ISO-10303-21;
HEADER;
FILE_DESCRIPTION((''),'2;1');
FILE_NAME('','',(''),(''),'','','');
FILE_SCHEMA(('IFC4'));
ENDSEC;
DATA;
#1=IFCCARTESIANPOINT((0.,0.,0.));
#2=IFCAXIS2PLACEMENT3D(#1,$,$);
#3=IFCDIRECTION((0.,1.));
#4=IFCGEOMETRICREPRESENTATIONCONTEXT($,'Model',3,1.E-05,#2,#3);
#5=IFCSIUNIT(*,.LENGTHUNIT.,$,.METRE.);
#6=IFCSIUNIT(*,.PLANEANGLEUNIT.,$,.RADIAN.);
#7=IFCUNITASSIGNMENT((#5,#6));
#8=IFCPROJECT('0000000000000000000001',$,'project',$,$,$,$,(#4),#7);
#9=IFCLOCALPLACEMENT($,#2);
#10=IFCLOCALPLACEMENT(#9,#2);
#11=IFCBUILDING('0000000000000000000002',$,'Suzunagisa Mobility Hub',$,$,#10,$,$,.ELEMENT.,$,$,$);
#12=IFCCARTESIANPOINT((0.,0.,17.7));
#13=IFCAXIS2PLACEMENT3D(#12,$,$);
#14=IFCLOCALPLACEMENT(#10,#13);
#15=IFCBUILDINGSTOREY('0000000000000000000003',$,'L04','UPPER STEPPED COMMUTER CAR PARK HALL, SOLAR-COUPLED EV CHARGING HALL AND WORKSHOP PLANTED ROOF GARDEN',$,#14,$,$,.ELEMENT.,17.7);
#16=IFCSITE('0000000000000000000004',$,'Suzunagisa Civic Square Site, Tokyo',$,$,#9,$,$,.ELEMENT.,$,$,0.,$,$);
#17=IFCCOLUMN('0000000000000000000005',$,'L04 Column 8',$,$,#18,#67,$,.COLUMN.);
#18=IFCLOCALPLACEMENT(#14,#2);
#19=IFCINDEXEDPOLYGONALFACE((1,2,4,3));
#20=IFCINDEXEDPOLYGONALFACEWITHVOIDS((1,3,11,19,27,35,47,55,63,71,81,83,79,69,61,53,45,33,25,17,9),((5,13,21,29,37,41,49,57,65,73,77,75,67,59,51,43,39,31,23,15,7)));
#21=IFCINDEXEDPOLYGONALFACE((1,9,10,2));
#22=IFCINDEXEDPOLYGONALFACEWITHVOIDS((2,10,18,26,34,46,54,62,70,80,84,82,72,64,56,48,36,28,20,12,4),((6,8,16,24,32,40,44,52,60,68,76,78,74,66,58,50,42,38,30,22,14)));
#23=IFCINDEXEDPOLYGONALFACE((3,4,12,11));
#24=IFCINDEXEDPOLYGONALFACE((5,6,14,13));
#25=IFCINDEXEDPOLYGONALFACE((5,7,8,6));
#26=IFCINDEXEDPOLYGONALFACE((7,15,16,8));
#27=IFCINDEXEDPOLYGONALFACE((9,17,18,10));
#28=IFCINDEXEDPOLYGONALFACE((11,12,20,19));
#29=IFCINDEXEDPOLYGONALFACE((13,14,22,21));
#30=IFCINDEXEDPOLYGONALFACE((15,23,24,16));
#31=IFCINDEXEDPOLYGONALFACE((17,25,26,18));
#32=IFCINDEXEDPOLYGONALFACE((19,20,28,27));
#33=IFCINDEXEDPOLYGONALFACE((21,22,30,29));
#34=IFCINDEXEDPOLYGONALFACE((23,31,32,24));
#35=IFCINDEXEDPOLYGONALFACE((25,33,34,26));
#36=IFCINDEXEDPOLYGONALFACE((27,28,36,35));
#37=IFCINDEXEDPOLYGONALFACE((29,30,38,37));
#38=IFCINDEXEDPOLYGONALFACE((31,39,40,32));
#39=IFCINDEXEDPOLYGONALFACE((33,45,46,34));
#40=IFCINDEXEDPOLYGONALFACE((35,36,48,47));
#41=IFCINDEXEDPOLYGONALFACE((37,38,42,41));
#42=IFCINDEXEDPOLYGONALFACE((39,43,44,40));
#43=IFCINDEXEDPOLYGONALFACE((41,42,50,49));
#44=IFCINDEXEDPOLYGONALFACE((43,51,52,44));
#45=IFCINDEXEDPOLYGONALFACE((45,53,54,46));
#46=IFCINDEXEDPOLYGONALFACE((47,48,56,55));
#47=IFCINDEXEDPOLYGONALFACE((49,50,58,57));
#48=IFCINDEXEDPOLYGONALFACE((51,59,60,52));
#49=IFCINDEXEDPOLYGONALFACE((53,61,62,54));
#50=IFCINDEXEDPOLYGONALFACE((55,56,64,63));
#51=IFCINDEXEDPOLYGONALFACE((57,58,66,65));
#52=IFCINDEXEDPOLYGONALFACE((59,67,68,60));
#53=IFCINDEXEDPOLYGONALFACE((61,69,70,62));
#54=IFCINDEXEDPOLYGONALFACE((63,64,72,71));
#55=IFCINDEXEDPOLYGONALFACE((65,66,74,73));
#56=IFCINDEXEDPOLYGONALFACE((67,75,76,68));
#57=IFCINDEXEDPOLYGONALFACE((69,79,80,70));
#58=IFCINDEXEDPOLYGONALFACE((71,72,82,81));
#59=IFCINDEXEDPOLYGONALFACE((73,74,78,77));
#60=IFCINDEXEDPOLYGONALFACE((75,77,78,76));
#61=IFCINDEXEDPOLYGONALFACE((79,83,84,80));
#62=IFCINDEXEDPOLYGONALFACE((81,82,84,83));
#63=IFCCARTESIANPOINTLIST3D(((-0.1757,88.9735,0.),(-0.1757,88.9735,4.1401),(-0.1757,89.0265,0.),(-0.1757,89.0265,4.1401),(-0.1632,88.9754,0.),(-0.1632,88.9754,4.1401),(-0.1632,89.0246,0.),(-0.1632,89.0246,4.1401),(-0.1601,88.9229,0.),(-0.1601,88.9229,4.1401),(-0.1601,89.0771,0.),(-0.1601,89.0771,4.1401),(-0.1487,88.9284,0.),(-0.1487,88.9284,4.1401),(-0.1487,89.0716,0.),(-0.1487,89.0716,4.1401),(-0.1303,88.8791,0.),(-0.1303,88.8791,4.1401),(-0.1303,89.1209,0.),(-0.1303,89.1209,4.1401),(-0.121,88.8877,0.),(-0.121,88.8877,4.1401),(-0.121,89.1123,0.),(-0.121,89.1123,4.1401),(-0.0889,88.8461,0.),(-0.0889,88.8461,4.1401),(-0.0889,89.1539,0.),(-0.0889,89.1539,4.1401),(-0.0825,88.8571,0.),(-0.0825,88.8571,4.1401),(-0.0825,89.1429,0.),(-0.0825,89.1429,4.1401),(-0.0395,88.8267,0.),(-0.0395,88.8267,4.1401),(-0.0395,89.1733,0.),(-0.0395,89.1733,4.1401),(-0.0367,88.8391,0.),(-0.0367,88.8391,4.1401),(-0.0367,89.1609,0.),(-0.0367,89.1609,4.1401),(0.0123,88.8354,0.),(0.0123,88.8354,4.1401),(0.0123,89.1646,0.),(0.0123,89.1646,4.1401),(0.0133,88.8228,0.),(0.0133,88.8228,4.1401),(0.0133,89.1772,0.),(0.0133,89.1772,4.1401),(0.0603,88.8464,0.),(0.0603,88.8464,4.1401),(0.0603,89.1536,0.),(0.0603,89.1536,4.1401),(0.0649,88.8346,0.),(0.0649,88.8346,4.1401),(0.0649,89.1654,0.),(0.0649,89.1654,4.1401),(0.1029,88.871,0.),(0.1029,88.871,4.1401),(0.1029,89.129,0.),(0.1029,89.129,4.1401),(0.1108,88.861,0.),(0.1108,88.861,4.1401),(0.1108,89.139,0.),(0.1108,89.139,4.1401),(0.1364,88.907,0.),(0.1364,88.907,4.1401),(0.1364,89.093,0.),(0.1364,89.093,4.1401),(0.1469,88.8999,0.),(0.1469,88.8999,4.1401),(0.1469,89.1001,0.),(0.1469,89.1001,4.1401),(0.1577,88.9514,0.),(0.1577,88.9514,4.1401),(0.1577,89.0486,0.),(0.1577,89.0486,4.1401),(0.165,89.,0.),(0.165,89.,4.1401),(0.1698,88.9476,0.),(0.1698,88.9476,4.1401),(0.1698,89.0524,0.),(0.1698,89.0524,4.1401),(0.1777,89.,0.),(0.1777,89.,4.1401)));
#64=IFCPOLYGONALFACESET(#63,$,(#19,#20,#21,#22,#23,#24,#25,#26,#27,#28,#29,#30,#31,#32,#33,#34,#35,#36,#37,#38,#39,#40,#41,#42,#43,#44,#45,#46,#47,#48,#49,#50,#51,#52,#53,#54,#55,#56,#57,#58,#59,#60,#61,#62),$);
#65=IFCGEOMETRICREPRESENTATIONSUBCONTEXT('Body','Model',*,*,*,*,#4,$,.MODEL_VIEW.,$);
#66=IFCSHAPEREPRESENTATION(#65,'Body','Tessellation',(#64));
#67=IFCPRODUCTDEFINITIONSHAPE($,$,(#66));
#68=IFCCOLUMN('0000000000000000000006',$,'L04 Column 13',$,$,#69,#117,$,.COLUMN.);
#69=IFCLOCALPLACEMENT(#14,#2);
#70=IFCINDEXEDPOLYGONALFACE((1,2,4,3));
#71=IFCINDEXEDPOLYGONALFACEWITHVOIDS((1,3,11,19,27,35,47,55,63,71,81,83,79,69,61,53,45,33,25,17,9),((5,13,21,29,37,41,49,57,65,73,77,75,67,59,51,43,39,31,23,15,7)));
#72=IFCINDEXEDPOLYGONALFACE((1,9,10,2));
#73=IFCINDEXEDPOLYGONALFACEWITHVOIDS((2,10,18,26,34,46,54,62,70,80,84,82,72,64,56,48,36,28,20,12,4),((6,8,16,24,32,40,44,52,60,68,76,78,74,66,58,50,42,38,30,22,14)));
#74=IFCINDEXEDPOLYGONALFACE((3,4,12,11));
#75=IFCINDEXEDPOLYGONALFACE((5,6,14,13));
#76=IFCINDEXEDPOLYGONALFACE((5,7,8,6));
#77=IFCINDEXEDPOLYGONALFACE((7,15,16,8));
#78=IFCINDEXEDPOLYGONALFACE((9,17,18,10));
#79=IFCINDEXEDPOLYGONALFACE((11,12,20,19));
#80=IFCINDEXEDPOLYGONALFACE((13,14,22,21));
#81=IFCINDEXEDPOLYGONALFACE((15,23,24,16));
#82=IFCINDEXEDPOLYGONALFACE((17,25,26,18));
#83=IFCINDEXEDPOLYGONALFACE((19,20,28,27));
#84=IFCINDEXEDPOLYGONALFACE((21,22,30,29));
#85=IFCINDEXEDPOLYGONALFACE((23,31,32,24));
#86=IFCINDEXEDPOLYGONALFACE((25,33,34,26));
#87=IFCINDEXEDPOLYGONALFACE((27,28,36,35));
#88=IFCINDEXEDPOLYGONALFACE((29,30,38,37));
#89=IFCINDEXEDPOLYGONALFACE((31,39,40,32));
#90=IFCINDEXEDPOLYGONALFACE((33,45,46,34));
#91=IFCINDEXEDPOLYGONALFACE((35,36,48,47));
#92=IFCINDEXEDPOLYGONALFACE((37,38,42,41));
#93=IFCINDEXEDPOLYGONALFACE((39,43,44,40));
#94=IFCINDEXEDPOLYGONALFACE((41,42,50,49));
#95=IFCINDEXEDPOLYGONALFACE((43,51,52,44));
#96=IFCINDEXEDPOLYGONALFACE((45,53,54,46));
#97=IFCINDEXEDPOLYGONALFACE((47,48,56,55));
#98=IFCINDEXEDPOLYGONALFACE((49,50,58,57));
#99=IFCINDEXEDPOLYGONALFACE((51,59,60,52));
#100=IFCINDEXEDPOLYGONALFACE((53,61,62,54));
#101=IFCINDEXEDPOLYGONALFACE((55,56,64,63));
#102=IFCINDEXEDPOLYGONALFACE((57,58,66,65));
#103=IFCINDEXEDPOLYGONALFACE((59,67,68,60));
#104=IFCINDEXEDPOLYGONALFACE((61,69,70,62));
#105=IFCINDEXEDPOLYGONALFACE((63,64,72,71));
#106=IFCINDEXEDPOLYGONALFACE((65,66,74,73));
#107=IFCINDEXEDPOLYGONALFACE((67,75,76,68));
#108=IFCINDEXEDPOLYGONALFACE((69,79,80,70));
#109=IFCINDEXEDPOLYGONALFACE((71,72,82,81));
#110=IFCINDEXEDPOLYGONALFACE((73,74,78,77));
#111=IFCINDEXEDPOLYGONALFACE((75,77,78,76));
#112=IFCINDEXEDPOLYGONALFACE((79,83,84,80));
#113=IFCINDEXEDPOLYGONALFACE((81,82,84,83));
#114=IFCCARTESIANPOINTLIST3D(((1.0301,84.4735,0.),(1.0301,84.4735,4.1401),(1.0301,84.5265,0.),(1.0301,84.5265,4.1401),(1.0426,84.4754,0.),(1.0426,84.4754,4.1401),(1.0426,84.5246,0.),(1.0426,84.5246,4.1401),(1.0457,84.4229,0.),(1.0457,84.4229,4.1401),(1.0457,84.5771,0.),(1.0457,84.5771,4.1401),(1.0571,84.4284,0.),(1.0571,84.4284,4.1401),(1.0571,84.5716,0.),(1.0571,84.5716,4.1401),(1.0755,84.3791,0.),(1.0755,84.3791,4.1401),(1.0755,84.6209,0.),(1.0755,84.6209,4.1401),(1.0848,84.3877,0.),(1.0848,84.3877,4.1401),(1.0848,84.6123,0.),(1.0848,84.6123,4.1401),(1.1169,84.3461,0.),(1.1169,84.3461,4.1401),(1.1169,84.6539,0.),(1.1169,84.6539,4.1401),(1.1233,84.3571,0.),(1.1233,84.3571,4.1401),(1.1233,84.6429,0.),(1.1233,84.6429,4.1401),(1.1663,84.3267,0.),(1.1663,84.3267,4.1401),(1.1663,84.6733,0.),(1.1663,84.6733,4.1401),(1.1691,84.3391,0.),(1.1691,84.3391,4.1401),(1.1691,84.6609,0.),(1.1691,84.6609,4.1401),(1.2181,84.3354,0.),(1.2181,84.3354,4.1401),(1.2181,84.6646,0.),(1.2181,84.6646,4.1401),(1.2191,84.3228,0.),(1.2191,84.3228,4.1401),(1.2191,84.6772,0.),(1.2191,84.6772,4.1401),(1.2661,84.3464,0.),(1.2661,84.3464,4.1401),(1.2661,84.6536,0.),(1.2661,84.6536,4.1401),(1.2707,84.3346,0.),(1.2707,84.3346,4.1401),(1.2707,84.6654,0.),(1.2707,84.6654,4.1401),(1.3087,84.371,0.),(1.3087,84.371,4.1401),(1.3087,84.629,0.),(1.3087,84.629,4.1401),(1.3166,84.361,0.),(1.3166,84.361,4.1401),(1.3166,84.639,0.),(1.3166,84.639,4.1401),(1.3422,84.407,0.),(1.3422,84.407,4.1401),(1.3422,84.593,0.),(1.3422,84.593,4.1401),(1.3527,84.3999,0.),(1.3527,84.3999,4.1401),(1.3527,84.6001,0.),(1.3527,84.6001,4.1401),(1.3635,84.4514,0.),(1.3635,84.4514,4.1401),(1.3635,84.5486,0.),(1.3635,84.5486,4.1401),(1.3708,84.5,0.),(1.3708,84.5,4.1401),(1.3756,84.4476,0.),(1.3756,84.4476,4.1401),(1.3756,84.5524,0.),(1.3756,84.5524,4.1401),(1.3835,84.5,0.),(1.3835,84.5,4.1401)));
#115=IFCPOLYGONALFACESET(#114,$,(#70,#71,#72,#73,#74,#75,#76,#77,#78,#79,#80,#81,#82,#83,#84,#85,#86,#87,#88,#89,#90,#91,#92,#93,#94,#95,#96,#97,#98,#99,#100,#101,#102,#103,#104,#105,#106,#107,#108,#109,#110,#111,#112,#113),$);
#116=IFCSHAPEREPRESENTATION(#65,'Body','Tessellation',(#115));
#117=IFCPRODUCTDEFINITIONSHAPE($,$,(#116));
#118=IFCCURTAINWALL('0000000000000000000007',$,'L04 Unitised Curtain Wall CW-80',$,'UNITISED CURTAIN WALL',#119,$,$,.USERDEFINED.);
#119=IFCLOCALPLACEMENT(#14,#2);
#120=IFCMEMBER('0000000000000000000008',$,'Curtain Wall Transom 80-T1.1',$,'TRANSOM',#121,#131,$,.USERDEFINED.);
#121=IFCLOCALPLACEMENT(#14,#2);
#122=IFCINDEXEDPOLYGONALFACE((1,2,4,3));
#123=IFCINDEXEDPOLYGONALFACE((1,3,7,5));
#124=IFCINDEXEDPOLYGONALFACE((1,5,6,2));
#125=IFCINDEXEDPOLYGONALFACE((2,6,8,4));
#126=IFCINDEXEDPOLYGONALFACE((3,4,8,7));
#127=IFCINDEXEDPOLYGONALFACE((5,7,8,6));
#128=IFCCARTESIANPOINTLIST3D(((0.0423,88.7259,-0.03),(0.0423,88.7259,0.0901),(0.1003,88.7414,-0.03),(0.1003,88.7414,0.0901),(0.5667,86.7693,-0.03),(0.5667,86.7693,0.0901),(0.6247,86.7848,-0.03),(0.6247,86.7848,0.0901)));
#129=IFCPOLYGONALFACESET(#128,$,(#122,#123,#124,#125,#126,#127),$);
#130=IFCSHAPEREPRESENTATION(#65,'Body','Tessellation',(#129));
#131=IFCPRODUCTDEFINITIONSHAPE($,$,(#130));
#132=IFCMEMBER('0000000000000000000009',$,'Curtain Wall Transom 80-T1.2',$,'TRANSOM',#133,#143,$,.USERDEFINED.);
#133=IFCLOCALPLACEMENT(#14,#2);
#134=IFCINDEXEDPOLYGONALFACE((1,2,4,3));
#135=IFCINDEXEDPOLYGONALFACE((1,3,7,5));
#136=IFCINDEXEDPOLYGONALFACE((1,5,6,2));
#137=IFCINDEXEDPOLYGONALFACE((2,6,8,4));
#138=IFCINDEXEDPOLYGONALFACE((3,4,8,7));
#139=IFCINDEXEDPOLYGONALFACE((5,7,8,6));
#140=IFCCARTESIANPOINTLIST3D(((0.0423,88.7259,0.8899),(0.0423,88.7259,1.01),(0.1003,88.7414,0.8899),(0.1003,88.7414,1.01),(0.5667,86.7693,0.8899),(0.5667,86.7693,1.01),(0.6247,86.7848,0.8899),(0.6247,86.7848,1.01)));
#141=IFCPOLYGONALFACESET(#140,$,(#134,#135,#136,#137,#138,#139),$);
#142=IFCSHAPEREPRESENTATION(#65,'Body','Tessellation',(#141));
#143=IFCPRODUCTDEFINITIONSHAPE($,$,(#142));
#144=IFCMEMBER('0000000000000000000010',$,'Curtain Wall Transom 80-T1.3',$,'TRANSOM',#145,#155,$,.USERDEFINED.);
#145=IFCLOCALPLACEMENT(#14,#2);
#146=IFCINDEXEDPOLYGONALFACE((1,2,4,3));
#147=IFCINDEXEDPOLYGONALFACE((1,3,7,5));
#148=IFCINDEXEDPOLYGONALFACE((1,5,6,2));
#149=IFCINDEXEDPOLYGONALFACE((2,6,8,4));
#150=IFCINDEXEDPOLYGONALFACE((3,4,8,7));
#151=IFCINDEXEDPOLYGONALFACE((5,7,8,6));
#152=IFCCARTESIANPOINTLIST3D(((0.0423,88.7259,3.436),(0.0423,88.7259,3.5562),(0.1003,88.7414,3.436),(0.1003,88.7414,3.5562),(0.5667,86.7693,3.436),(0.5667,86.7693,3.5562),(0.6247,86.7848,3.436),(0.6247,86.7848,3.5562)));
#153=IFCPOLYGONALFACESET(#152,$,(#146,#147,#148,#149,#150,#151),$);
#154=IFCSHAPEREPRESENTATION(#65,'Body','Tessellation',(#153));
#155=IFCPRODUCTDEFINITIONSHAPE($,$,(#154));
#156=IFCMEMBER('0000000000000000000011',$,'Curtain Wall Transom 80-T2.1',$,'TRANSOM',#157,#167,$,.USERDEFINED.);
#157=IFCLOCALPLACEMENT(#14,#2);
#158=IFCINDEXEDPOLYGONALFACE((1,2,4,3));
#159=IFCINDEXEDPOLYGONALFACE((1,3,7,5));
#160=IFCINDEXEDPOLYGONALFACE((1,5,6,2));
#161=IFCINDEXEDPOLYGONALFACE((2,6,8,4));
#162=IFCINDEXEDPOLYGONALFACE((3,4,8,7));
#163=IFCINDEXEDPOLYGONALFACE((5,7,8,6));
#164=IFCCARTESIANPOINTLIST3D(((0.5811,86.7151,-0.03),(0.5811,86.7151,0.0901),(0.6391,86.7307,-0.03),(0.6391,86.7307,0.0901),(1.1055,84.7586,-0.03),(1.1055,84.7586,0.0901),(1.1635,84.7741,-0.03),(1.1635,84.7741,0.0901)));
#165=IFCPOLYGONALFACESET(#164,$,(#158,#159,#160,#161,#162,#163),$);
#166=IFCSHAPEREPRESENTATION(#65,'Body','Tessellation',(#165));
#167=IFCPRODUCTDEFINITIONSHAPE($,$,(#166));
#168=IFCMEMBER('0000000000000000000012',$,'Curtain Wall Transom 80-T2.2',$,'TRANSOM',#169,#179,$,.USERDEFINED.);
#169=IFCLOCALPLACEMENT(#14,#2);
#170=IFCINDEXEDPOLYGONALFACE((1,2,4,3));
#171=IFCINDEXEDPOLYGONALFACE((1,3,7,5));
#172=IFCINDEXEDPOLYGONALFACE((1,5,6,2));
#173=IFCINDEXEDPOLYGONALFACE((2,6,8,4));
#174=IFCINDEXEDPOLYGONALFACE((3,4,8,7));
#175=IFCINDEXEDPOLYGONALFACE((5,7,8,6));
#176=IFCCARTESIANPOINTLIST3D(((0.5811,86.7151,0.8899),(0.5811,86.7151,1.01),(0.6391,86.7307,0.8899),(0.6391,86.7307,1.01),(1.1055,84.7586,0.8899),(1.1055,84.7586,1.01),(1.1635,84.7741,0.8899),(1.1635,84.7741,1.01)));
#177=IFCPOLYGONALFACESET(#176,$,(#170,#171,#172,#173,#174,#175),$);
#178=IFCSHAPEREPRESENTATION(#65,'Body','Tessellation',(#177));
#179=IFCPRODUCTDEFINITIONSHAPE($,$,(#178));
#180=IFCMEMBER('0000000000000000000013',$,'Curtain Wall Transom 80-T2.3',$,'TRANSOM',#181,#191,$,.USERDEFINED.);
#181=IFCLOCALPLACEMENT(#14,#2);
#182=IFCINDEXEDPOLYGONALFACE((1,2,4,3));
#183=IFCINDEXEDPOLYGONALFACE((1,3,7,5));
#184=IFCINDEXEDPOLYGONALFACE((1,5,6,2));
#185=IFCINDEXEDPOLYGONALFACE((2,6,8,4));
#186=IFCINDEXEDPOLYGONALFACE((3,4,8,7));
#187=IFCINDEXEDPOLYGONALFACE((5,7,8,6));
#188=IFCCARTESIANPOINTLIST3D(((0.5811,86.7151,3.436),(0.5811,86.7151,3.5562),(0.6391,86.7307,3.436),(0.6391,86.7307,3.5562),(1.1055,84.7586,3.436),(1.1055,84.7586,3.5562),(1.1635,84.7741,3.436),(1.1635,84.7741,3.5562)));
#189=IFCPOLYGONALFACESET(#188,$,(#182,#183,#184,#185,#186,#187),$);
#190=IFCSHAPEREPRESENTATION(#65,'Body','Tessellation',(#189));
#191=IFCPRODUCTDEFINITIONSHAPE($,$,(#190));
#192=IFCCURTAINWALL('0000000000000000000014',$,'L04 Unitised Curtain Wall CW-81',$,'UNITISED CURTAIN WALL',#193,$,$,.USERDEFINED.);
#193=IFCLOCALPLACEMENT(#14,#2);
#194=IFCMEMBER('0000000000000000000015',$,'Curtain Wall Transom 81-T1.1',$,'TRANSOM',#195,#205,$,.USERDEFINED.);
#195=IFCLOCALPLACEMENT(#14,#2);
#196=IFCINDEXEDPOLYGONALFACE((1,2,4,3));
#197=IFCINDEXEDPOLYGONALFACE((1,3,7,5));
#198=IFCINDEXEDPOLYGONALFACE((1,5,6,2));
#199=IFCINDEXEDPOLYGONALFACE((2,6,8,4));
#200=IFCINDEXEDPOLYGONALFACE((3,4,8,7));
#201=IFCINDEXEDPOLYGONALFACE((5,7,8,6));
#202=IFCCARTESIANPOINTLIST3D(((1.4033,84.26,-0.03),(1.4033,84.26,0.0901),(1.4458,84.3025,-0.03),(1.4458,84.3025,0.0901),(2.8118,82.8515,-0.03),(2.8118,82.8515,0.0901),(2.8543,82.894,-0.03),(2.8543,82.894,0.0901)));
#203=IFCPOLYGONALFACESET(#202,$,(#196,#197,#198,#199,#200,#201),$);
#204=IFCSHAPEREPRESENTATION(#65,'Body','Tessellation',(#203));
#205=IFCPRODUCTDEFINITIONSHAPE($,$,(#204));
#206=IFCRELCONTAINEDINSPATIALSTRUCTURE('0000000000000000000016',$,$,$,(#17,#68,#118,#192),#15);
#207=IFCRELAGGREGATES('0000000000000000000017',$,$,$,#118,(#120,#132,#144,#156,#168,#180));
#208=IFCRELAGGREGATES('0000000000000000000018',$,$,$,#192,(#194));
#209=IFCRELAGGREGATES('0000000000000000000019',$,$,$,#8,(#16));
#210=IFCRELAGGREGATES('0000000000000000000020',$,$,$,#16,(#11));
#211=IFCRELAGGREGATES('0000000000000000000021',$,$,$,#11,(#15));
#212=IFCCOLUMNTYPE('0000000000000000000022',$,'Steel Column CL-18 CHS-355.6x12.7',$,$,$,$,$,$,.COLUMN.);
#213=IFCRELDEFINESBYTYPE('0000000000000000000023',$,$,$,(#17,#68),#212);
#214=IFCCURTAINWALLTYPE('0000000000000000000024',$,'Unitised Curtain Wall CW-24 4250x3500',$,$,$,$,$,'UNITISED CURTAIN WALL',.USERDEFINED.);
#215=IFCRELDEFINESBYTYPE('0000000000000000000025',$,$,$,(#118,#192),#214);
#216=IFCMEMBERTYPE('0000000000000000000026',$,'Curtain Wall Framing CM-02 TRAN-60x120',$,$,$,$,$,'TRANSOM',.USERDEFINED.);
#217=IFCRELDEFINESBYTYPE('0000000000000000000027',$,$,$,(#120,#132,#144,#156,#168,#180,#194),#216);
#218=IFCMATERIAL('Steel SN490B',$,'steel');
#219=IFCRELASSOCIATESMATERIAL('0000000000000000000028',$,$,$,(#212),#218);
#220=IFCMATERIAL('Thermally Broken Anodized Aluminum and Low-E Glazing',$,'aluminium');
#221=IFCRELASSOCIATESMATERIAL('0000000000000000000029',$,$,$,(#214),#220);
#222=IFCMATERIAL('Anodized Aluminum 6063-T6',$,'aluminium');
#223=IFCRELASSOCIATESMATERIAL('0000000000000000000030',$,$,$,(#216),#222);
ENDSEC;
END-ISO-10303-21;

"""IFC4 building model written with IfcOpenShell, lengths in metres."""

from ifc_helpers import new_model, si_unit, direction, frame, origin, origin_2d, place, context, subcontext, project, spatial, rectangle, hollow_circle, extrude, material, material_profile, profile_set, type_object, element, aggregate, save


model = new_model("IFC4")

# Units and contexts
model_context = context("Model", 3, precision=1e-05, world=origin(), true_north=direction((0.0, 1.0)))
body_context = subcontext(model_context, "Body", "Model", "MODEL_VIEW")
ifc_project = project(units=[si_unit("LENGTHUNIT", "METRE"), si_unit("PLANEANGLEUNIT", "RADIAN")], contexts=[model_context])

# Site, building, storey
site_placement = place(None, origin())
site = spatial("IfcSite", under=ifc_project, at=site_placement, Name="Suzunagisa Civic Square Site, Tokyo", CompositionType="ELEMENT", RefElevation=0.0)
building_placement = place(site_placement, origin())
building = spatial("IfcBuilding", under=site, at=building_placement, Name="Suzunagisa Mobility Hub", CompositionType="ELEMENT")
storey_placement = place(building_placement, frame((0.0, 0.0, 17.7)))
storey = spatial("IfcBuildingStorey", under=building, at=storey_placement, Name="L04", Description="UPPER STEPPED COMMUTER CAR PARK HALL, SOLAR-COUPLED EV CHARGING HALL AND WORKSHOP PLANTED ROOF GARDEN", CompositionType="ELEMENT", Elevation=17.7)

# Columns
ifc_material_1 = material(Name="Steel SN490B", Category="steel")
ifc_material_profile_1 = material_profile(ifc_material_1, hollow_circle(Radius=0.1777, WallThickness=0.0127, at=origin_2d()), Name="CHS-355.6x12.7")
ifc_profile_set_1 = profile_set([ifc_material_profile_1], Name="Steel SN490B")
column_type = type_object("IfcColumnType", Name="Steel Column CL-18 CHS-355.6x12.7", PredefinedType="COLUMN", material=ifc_profile_set_1)
for number, where, z_axis, x_axis, name in (
    (1, (0.0, 89.0, 0.0), (0.0, 0.0, 1.0), (1.0, 0.0, 0.0), "L04 Column 8"),
    (2, (1.2058, 84.5, 0.0), (0.0, 0.0, 1.0), (1.0, 0.0, 0.0), "L04 Column 13"),
):
    element("IfcColumn", number, at=place(storey_placement, frame(where, z_axis=z_axis, x_axis=x_axis)), inside=storey, type_object=column_type, Name=name, PredefinedType="COLUMN", context=body_context, shape_type="SweptSolid", body=[
        extrude(hollow_circle(Radius=0.1777, WallThickness=0.0127, at=origin_2d()), origin(), (0.0, 0.0, 1.0), 4.1401),
    ])

# Curtain walls, members
ifc_material_2 = material(Name="Thermally Broken Anodized Aluminum and Low-E Glazing", Category="aluminium")
curtain_wall_type = type_object("IfcCurtainWallType", Name="Unitised Curtain Wall CW-24 4250x3500", ElementType="UNITISED CURTAIN WALL", PredefinedType="USERDEFINED", material=ifc_material_2)
curtain_wall_1_placement = place(storey_placement, origin())
curtain_wall_1 = element("IfcCurtainWall", 3, at=curtain_wall_1_placement, inside=storey, type_object=curtain_wall_type, Name="L04 Unitised Curtain Wall CW-80", ObjectType="UNITISED CURTAIN WALL", PredefinedType="USERDEFINED")
ifc_material_3 = material(Name="Anodized Aluminum 6063-T6", Category="aluminium")
ifc_material_profile_2 = material_profile(ifc_material_3, rectangle(XDim=0.0601, YDim=0.1201, at=origin_2d()), Name="TRAN-60x120")
ifc_profile_set_2 = profile_set([ifc_material_profile_2], Name="Anodized Aluminum 6063-T6")
member_type_1 = type_object("IfcMemberType", Name="Curtain Wall Framing CM-02 TRAN-60x120", ElementType="TRANSOM", PredefinedType="USERDEFINED", material=ifc_profile_set_2)
member_1_placement = place(storey_placement, frame((0.0713, 88.7336, 0.03), z_axis=(0.258893, -0.965906, 0.0), x_axis=(0.965906, 0.258893, 0.0)))
member_1 = element("IfcMember", 4, at=member_1_placement, type_object=member_type_1, Name="Curtain Wall Transom 80-T1.1", ObjectType="TRANSOM", PredefinedType="USERDEFINED", context=body_context, shape_type="SweptSolid", body=[
    extrude(rectangle(XDim=0.0601, YDim=0.1201, at=origin_2d()), origin(), (0.0, 0.0, 1.0), 2.0256),
])
member_2_placement = place(storey_placement, frame((0.0713, 88.7336, 0.95), z_axis=(0.258893, -0.965906, 0.0), x_axis=(0.965906, 0.258893, 0.0)))
member_2 = element("IfcMember", 5, at=member_2_placement, type_object=member_type_1, Name="Curtain Wall Transom 80-T1.2", ObjectType="TRANSOM", PredefinedType="USERDEFINED", context=body_context, shape_type="SweptSolid", body=[
    extrude(rectangle(XDim=0.0601, YDim=0.1201, at=origin_2d()), origin(), (0.0, 0.0, 1.0), 2.0256),
])
member_3_placement = place(storey_placement, frame((0.0713, 88.7336, 3.4961), z_axis=(0.258893, -0.965906, 0.0), x_axis=(0.965906, 0.258893, 0.0)))
member_3 = element("IfcMember", 6, at=member_3_placement, type_object=member_type_1, Name="Curtain Wall Transom 80-T1.3", ObjectType="TRANSOM", PredefinedType="USERDEFINED", context=body_context, shape_type="SweptSolid", body=[
    extrude(rectangle(XDim=0.0601, YDim=0.1201, at=origin_2d()), origin(), (0.0, 0.0, 1.0), 2.0256),
])
member_4_placement = place(storey_placement, frame((0.6101, 86.7229, 0.03), z_axis=(0.258893, -0.965906, 0.0), x_axis=(0.965906, 0.258893, 0.0)))
member_4 = element("IfcMember", 7, at=member_4_placement, type_object=member_type_1, Name="Curtain Wall Transom 80-T2.1", ObjectType="TRANSOM", PredefinedType="USERDEFINED", context=body_context, shape_type="SweptSolid", body=[
    extrude(rectangle(XDim=0.0601, YDim=0.1201, at=origin_2d()), origin(), (0.0, 0.0, 1.0), 2.0256),
])
member_5_placement = place(storey_placement, frame((0.6101, 86.7229, 0.95), z_axis=(0.258893, -0.965906, 0.0), x_axis=(0.965906, 0.258893, 0.0)))
member_5 = element("IfcMember", 8, at=member_5_placement, type_object=member_type_1, Name="Curtain Wall Transom 80-T2.2", ObjectType="TRANSOM", PredefinedType="USERDEFINED", context=body_context, shape_type="SweptSolid", body=[
    extrude(rectangle(XDim=0.0601, YDim=0.1201, at=origin_2d()), origin(), (0.0, 0.0, 1.0), 2.0256),
])
member_6_placement = place(storey_placement, frame((0.6101, 86.7229, 3.4961), z_axis=(0.258893, -0.965906, 0.0), x_axis=(0.965906, 0.258893, 0.0)))
member_6 = element("IfcMember", 9, at=member_6_placement, type_object=member_type_1, Name="Curtain Wall Transom 80-T2.3", ObjectType="TRANSOM", PredefinedType="USERDEFINED", context=body_context, shape_type="SweptSolid", body=[
    extrude(rectangle(XDim=0.0601, YDim=0.1201, at=origin_2d()), origin(), (0.0, 0.0, 1.0), 2.0256),
])
curtain_wall_2_placement = place(storey_placement, origin())
curtain_wall_2 = element("IfcCurtainWall", 10, at=curtain_wall_2_placement, inside=storey, type_object=curtain_wall_type, Name="L04 Unitised Curtain Wall CW-81", ObjectType="UNITISED CURTAIN WALL", PredefinedType="USERDEFINED")
member_7_placement = place(storey_placement, frame((1.4246, 84.2812, 0.03), z_axis=(0.707107, -0.707107, 0.0), x_axis=(0.707107, 0.707107, 0.0)))
member_7 = element("IfcMember", 11, at=member_7_placement, type_object=member_type_1, Name="Curtain Wall Transom 81-T1.1", ObjectType="TRANSOM", PredefinedType="USERDEFINED", context=body_context, shape_type="SweptSolid", body=[
    extrude(rectangle(XDim=0.0601, YDim=0.1201, at=origin_2d()), origin(), (0.0, 0.0, 1.0), 1.9919),
])

aggregate(curtain_wall_1, [member_1, member_2, member_3, member_4, member_5, member_6])
aggregate(curtain_wall_2, [member_7])

save(model, "model.ifc")
